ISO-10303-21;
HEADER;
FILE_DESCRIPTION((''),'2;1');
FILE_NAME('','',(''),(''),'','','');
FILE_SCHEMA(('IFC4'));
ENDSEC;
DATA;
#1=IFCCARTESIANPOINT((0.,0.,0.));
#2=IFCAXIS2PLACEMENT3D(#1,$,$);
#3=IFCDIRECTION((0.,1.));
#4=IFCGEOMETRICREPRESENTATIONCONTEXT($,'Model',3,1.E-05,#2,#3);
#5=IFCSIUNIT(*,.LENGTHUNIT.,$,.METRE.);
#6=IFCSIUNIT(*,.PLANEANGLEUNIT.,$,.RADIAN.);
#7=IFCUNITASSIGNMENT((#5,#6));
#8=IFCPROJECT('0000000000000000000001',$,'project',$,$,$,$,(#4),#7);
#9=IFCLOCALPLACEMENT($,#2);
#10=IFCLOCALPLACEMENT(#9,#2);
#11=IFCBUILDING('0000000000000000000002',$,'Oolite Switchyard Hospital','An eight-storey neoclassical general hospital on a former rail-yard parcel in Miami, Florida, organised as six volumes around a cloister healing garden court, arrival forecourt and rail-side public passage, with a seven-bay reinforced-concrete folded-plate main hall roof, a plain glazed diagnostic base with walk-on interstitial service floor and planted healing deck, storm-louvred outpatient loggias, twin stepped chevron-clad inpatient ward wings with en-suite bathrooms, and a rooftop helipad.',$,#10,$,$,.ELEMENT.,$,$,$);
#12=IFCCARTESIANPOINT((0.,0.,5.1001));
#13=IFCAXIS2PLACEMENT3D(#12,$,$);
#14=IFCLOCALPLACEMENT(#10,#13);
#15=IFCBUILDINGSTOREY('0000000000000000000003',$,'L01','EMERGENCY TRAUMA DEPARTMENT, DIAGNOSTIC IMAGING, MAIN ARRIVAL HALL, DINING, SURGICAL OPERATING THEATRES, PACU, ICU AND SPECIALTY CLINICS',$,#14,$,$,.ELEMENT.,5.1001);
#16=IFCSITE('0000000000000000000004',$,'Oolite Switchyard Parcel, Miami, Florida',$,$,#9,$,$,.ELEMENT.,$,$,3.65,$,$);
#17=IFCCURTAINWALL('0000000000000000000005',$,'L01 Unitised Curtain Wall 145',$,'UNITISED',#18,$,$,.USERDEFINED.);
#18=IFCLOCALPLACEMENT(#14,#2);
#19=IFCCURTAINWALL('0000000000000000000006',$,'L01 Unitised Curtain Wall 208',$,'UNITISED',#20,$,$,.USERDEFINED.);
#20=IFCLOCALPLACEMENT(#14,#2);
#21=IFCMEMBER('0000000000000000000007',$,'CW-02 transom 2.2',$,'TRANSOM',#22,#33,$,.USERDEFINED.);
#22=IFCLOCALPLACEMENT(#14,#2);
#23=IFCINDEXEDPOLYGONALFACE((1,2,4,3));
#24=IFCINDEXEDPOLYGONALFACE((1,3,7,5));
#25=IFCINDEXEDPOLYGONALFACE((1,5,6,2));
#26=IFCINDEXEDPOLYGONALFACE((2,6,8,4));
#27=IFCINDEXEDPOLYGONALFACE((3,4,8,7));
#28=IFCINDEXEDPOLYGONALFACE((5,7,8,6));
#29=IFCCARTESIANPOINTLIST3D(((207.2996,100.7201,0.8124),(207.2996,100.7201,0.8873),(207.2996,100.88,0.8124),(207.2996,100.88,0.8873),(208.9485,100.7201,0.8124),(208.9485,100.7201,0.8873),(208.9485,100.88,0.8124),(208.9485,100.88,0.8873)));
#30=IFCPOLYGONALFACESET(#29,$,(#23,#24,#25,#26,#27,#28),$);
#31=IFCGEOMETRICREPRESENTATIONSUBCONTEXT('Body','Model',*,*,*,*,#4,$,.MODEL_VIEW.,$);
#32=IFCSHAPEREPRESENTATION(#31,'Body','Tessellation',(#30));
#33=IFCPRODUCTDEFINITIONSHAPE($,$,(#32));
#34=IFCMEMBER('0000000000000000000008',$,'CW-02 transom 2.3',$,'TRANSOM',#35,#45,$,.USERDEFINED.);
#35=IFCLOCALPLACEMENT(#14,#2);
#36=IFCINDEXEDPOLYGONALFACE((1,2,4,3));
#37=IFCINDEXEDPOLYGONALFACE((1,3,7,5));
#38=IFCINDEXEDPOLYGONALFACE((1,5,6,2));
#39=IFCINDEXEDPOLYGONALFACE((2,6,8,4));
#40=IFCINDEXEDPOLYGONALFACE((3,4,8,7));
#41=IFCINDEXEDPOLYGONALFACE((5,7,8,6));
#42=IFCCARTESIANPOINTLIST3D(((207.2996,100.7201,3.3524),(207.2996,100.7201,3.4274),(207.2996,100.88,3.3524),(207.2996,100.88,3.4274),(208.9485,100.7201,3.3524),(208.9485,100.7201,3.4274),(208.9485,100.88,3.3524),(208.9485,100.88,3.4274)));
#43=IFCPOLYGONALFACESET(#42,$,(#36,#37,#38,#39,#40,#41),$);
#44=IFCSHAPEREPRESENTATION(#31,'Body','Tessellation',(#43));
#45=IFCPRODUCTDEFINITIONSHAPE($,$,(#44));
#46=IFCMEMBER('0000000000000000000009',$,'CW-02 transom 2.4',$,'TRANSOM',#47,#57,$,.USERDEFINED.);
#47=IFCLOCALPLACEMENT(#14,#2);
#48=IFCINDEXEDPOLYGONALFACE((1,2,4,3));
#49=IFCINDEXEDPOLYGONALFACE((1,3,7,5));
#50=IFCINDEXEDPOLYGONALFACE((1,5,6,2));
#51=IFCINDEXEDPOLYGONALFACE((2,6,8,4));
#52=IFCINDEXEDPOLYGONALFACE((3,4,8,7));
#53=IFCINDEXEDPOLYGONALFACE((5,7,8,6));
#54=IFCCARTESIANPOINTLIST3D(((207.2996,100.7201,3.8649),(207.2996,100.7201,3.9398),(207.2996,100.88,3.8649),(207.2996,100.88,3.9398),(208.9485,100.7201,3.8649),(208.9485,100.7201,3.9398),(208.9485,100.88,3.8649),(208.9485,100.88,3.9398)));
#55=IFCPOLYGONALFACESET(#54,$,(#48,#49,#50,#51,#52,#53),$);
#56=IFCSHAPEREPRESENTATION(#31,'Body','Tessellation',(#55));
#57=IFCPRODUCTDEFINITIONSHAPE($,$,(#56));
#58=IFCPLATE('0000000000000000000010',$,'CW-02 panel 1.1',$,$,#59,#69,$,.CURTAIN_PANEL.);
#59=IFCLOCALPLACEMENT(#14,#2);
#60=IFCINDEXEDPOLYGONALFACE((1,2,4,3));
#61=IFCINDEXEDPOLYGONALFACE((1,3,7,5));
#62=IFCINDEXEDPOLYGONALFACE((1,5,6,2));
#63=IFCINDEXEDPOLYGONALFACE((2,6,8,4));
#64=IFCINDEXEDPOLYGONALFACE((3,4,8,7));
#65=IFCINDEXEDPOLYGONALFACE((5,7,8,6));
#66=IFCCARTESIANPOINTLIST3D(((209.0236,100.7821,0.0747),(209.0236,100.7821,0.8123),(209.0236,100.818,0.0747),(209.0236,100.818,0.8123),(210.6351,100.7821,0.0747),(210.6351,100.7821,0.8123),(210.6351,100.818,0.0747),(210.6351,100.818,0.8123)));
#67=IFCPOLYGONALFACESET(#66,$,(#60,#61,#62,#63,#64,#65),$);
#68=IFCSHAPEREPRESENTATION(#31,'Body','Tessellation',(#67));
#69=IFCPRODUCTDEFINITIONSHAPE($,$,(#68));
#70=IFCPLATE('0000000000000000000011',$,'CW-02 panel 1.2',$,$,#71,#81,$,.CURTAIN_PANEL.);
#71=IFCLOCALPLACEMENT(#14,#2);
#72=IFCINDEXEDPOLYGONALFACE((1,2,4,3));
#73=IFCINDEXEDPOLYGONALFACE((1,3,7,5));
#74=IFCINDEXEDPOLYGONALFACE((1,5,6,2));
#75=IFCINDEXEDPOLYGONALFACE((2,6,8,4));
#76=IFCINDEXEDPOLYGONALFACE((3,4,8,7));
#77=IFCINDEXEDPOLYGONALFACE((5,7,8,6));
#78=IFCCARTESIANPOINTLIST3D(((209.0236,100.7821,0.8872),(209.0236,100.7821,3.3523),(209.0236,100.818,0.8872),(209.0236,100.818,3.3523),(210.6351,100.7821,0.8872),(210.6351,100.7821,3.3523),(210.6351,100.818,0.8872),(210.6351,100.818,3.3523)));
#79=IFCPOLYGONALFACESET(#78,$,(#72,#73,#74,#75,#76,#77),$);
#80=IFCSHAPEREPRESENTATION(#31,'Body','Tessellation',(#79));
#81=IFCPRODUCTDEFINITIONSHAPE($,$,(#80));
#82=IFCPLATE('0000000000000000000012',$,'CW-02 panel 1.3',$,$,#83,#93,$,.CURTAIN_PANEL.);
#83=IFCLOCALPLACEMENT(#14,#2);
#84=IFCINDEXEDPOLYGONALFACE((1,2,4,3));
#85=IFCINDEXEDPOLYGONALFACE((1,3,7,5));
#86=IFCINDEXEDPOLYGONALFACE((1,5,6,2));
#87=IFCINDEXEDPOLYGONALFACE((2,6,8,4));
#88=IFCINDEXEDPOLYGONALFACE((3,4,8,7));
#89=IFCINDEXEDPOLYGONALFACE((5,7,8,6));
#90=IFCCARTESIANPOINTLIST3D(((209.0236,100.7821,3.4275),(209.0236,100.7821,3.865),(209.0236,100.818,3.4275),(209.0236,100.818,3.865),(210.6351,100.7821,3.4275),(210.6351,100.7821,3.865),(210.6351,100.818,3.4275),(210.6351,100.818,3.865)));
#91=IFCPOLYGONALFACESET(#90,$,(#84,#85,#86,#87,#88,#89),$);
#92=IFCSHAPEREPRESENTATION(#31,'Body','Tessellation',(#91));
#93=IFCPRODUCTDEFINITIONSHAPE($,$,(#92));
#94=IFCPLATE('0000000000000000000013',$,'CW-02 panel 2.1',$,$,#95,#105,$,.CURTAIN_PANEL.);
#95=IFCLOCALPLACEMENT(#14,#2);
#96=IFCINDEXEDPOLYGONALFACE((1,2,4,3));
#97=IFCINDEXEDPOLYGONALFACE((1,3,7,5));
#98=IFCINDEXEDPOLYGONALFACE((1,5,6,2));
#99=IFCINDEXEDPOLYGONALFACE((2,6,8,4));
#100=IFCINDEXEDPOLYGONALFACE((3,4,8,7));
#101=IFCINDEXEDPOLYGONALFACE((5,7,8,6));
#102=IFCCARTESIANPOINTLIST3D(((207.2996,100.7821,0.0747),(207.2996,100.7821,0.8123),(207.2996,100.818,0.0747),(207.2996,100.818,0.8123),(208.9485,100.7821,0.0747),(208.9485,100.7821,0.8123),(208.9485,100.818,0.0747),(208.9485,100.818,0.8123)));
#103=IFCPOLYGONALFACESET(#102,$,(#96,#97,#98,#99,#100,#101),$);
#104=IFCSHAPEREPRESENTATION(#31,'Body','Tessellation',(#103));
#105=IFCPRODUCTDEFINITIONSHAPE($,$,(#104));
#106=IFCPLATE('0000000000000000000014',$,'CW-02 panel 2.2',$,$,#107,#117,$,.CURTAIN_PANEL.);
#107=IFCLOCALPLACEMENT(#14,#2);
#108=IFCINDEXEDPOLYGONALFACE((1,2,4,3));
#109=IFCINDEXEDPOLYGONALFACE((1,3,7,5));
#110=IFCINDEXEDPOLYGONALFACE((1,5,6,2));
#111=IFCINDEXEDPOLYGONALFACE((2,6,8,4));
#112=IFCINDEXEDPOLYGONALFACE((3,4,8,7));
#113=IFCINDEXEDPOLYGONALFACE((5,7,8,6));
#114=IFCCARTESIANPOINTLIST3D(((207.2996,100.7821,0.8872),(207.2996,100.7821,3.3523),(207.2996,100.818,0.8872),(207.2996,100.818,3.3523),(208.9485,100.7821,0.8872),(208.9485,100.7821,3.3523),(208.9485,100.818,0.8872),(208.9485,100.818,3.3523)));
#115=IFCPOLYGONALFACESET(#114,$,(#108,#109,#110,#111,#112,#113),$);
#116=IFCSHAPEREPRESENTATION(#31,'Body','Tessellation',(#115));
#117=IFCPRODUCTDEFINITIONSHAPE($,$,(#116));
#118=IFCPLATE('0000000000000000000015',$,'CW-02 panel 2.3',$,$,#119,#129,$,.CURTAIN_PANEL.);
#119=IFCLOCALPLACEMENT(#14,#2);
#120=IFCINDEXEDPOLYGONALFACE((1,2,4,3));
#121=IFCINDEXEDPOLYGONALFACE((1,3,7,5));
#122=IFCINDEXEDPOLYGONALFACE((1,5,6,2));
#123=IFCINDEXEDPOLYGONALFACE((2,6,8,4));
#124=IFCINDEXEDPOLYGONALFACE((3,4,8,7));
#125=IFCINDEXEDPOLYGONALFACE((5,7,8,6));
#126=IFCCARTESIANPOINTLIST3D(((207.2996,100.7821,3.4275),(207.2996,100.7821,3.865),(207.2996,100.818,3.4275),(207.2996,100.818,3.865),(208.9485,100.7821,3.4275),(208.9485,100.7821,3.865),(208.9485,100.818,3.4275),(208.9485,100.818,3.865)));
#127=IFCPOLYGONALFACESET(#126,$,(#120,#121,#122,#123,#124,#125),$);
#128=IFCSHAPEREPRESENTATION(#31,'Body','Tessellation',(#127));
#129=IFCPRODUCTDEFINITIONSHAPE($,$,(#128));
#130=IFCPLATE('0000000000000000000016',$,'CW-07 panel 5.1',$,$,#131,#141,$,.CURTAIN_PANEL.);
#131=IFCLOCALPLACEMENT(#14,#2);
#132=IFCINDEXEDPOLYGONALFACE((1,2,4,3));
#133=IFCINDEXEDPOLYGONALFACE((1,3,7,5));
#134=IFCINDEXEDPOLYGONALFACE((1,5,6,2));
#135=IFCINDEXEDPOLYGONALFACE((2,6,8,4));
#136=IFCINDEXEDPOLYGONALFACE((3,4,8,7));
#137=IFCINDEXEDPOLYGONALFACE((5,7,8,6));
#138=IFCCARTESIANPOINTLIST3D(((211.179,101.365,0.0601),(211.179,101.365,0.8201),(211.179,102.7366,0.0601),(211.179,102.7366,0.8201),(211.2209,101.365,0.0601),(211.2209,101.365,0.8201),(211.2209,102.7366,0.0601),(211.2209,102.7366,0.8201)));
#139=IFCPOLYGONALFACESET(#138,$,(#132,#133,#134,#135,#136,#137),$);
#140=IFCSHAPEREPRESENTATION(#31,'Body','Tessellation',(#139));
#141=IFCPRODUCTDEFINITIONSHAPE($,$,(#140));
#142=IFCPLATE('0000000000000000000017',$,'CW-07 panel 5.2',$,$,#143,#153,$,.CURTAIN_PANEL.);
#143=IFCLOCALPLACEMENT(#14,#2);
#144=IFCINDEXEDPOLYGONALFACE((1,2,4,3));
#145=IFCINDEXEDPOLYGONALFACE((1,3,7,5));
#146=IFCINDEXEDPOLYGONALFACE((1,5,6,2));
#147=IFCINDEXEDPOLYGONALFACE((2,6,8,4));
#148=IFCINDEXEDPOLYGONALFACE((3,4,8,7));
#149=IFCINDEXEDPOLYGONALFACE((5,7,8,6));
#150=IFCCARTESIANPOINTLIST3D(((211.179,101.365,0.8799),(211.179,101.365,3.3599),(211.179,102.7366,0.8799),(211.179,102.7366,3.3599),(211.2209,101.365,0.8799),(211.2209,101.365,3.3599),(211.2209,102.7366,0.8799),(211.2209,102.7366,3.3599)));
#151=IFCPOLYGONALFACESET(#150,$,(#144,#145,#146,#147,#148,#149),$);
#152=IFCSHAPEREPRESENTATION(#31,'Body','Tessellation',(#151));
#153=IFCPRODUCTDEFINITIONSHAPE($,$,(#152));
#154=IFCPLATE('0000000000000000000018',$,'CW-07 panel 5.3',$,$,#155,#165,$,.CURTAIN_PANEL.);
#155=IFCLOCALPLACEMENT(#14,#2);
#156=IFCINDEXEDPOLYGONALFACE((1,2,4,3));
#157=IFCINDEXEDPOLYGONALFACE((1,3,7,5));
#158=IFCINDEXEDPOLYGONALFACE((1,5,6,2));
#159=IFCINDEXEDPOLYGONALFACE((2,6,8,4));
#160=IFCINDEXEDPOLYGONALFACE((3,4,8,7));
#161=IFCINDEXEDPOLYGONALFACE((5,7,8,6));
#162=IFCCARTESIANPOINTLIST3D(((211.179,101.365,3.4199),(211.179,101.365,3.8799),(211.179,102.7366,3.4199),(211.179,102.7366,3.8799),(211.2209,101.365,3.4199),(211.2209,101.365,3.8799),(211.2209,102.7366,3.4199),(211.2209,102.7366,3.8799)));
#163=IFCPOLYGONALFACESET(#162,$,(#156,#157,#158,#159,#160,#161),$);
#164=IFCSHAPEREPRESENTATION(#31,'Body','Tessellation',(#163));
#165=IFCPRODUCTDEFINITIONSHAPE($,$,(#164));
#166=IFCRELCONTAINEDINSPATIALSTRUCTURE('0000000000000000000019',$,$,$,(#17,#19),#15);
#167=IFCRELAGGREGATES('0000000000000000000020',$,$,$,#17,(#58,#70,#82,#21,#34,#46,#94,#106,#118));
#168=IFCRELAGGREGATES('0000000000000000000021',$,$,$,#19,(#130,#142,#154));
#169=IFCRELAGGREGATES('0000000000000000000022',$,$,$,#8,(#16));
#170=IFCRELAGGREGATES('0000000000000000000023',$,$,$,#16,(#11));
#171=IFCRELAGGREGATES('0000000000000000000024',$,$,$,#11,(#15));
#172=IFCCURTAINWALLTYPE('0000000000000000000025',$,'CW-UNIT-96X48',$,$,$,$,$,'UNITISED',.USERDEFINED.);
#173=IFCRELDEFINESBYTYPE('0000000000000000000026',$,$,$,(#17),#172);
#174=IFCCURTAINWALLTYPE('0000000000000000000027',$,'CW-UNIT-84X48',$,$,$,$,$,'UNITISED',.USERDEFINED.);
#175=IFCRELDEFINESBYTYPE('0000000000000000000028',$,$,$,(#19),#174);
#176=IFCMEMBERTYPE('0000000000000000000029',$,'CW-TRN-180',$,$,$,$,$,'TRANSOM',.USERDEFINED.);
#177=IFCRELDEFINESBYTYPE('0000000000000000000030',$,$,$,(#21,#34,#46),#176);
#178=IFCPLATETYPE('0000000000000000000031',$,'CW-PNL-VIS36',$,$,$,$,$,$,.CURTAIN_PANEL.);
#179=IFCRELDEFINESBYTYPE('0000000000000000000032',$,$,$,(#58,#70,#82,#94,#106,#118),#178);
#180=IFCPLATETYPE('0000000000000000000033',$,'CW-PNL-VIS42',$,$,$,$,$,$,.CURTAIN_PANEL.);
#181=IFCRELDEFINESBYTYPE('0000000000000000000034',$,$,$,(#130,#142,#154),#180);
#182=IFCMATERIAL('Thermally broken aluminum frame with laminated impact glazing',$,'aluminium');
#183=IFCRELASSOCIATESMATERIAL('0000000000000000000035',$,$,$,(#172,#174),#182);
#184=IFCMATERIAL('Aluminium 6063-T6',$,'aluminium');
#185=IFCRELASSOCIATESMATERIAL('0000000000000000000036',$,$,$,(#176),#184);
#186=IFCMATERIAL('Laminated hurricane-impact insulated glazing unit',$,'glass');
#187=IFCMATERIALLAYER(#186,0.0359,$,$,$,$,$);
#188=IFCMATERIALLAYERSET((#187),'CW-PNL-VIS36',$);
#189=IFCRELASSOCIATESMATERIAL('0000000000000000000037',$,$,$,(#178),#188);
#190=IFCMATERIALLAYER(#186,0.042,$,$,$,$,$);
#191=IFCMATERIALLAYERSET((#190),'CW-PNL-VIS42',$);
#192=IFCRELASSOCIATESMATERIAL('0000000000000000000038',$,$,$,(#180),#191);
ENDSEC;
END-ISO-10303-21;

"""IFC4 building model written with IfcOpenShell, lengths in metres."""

from ifc_helpers import new_model, si_unit, direction, frame, origin, origin_2d, place, context, subcontext, project, spatial, rectangle, extrude, material, layer, layer_set, material_profile, profile_set, type_object, element, aggregate, save


model = new_model("IFC4")

# Units and contexts
model_context = context("Model", 3, precision=1e-05, world=origin(), true_north=direction((0.0, 1.0)))
body_context = subcontext(model_context, "Body", "Model", "MODEL_VIEW")
ifc_project = project(units=[si_unit("LENGTHUNIT", "METRE"), si_unit("PLANEANGLEUNIT", "RADIAN")], contexts=[model_context])

# Site, building, storey
site_placement = place(None, origin())
site = spatial("IfcSite", under=ifc_project, at=site_placement, Name="Oolite Switchyard Parcel, Miami, Florida", CompositionType="ELEMENT", RefElevation=3.65)
building_placement = place(site_placement, origin())
building = spatial("IfcBuilding", under=site, at=building_placement, Name="Oolite Switchyard Hospital", Description="An eight-storey neoclassical general hospital on a former rail-yard parcel in Miami, Florida, organised as six volumes around a cloister healing garden court, arrival forecourt and rail-side public passage, with a seven-bay reinforced-concrete folded-plate main hall roof, a plain glazed diagnostic base with walk-on interstitial service floor and planted healing deck, storm-louvred outpatient loggias, twin stepped chevron-clad inpatient ward wings with en-suite bathrooms, and a rooftop helipad.", CompositionType="ELEMENT")
storey_placement = place(building_placement, frame((0.0, 0.0, 5.1001)))
storey = spatial("IfcBuildingStorey", under=building, at=storey_placement, Name="L01", Description="EMERGENCY TRAUMA DEPARTMENT, DIAGNOSTIC IMAGING, MAIN ARRIVAL HALL, DINING, SURGICAL OPERATING THEATRES, PACU, ICU AND SPECIALTY CLINICS", CompositionType="ELEMENT", Elevation=5.1001)

# Curtain walls
ifc_material_1 = material(Name="Thermally broken aluminum frame with laminated impact glazing", Category="aluminium")
curtain_wall_type_1 = type_object("IfcCurtainWallType", Name="CW-UNIT-96X48", ElementType="UNITISED", PredefinedType="USERDEFINED", material=ifc_material_1)
curtain_wall_1_placement = place(storey_placement, origin())
curtain_wall_1 = element("IfcCurtainWall", 1, at=curtain_wall_1_placement, inside=storey, type_object=curtain_wall_type_1, Name="L01 Unitised Curtain Wall 145", ObjectType="UNITISED", PredefinedType="USERDEFINED")
ifc_material_2 = material(Name="Aluminium 6063-T6", Category="aluminium")
curtain_wall_type_2 = type_object("IfcCurtainWallType", Name="CW-UNIT-84X48", ElementType="UNITISED", PredefinedType="USERDEFINED", material=ifc_material_1)
curtain_wall_2_placement = place(storey_placement, origin())
curtain_wall_2 = element("IfcCurtainWall", 2, at=curtain_wall_2_placement, inside=storey, type_object=curtain_wall_type_2, Name="L01 Unitised Curtain Wall 208", ObjectType="UNITISED", PredefinedType="USERDEFINED")

# Members
ifc_material_profile_1 = material_profile(ifc_material_2, rectangle(XDim=0.1599, YDim=0.075, at=origin_2d()), Name="CWT75X160")
ifc_profile_set_1 = profile_set([ifc_material_profile_1], Name="Aluminium 6063-T6")
member_type_1 = type_object("IfcMemberType", Name="CW-TRN-180", ElementType="TRANSOM", PredefinedType="USERDEFINED", material=ifc_profile_set_1)
member_1_placement = place(storey_placement, frame((208.9485, 100.8, 0.8499), z_axis=(-1.0, 0.0, 0.0), x_axis=(0.0, -1.0, 0.0)))
member_1 = element("IfcMember", 3, at=member_1_placement, type_object=member_type_1, Name="CW-02 transom 2.2", ObjectType="TRANSOM", PredefinedType="USERDEFINED", context=body_context, shape_type="SweptSolid", body=[
    extrude(rectangle(XDim=0.1599, YDim=0.075, at=origin_2d()), origin(), (0.0, 0.0, 1.0), 1.6489),
])
member_2_placement = place(storey_placement, frame((208.9485, 100.8, 3.3899), z_axis=(-1.0, 0.0, 0.0), x_axis=(0.0, -1.0, 0.0)))
member_2 = element("IfcMember", 4, at=member_2_placement, type_object=member_type_1, Name="CW-02 transom 2.3", ObjectType="TRANSOM", PredefinedType="USERDEFINED", context=body_context, shape_type="SweptSolid", body=[
    extrude(rectangle(XDim=0.1599, YDim=0.075, at=origin_2d()), origin(), (0.0, 0.0, 1.0), 1.6489),
])
member_3_placement = place(storey_placement, frame((208.9485, 100.8, 3.9023), z_axis=(-1.0, 0.0, 0.0), x_axis=(0.0, -1.0, 0.0)))
member_3 = element("IfcMember", 5, at=member_3_placement, type_object=member_type_1, Name="CW-02 transom 2.4", ObjectType="TRANSOM", PredefinedType="USERDEFINED", context=body_context, shape_type="SweptSolid", body=[
    extrude(rectangle(XDim=0.1599, YDim=0.075, at=origin_2d()), origin(), (0.0, 0.0, 1.0), 1.6489),
])

# Plates
ifc_material_3 = material(Name="Laminated hurricane-impact insulated glazing unit", Category="glass")
ifc_layer_1 = layer(ifc_material_3, 0.0359)
ifc_layer_set_1 = layer_set([ifc_layer_1], Name="CW-PNL-VIS36")
plate_type_1 = type_object("IfcPlateType", Name="CW-PNL-VIS36", PredefinedType="CURTAIN_PANEL", material=ifc_layer_set_1)
plate_1_placement = place(storey_placement, frame((209.8293, 100.8, 0.0747), z_axis=(0.0, 0.0, 1.0), x_axis=(-1.0, 0.0, 0.0)))
plate_1 = element("IfcPlate", 6, at=plate_1_placement, type_object=plate_type_1, Name="CW-02 panel 1.1", PredefinedType="CURTAIN_PANEL", context=body_context, shape_type="SweptSolid", body=[
    extrude(rectangle(XDim=1.6116, YDim=0.0359, at=origin_2d()), origin(), (0.0, 0.0, 1.0), 0.7375),
])
plate_2_placement = place(storey_placement, frame((209.8293, 100.8, 0.8872), z_axis=(0.0, 0.0, 1.0), x_axis=(-1.0, 0.0, 0.0)))
plate_2 = element("IfcPlate", 7, at=plate_2_placement, type_object=plate_type_1, Name="CW-02 panel 1.2", PredefinedType="CURTAIN_PANEL", context=body_context, shape_type="SweptSolid", body=[
    extrude(rectangle(XDim=1.6116, YDim=0.0359, at=origin_2d()), origin(), (0.0, 0.0, 1.0), 2.4651),
])
plate_3_placement = place(storey_placement, frame((209.8293, 100.8, 3.4275), z_axis=(0.0, 0.0, 1.0), x_axis=(-1.0, 0.0, 0.0)))
plate_3 = element("IfcPlate", 8, at=plate_3_placement, type_object=plate_type_1, Name="CW-02 panel 1.3", PredefinedType="CURTAIN_PANEL", context=body_context, shape_type="SweptSolid", body=[
    extrude(rectangle(XDim=1.6116, YDim=0.0359, at=origin_2d()), origin(), (0.0, 0.0, 1.0), 0.4375),
])
plate_4_placement = place(storey_placement, frame((208.124, 100.8, 0.0747), z_axis=(0.0, 0.0, 1.0), x_axis=(-1.0, 0.0, 0.0)))
plate_4 = element("IfcPlate", 9, at=plate_4_placement, type_object=plate_type_1, Name="CW-02 panel 2.1", PredefinedType="CURTAIN_PANEL", context=body_context, shape_type="SweptSolid", body=[
    extrude(rectangle(XDim=1.6489, YDim=0.0359, at=origin_2d()), origin(), (0.0, 0.0, 1.0), 0.7375),
])
plate_5_placement = place(storey_placement, frame((208.124, 100.8, 0.8872), z_axis=(0.0, 0.0, 1.0), x_axis=(-1.0, 0.0, 0.0)))
plate_5 = element("IfcPlate", 10, at=plate_5_placement, type_object=plate_type_1, Name="CW-02 panel 2.2", PredefinedType="CURTAIN_PANEL", context=body_context, shape_type="SweptSolid", body=[
    extrude(rectangle(XDim=1.6489, YDim=0.0359, at=origin_2d()), origin(), (0.0, 0.0, 1.0), 2.4651),
])
plate_6_placement = place(storey_placement, frame((208.124, 100.8, 3.4275), z_axis=(0.0, 0.0, 1.0), x_axis=(-1.0, 0.0, 0.0)))
plate_6 = element("IfcPlate", 11, at=plate_6_placement, type_object=plate_type_1, Name="CW-02 panel 2.3", PredefinedType="CURTAIN_PANEL", context=body_context, shape_type="SweptSolid", body=[
    extrude(rectangle(XDim=1.6489, YDim=0.0359, at=origin_2d()), origin(), (0.0, 0.0, 1.0), 0.4375),
])
aggregate(curtain_wall_1, [plate_1, plate_2, plate_3, member_1, member_2, member_3, plate_4, plate_5, plate_6])
ifc_layer_2 = layer(ifc_material_3, 0.042)
ifc_layer_set_2 = layer_set([ifc_layer_2], Name="CW-PNL-VIS42")
plate_type_2 = type_object("IfcPlateType", Name="CW-PNL-VIS42", PredefinedType="CURTAIN_PANEL", material=ifc_layer_set_2)
plate_7_placement = place(storey_placement, frame((211.2, 102.0508, 0.0601), z_axis=(0.0, 0.0, 1.0), x_axis=(0.0, -1.0, 0.0)))
plate_7 = element("IfcPlate", 12, at=plate_7_placement, type_object=plate_type_2, Name="CW-07 panel 5.1", PredefinedType="CURTAIN_PANEL", context=body_context, shape_type="SweptSolid", body=[
    extrude(rectangle(XDim=1.3716, YDim=0.042, at=origin_2d()), origin(), (0.0, 0.0, 1.0), 0.76),
])
plate_8_placement = place(storey_placement, frame((211.2, 102.0508, 0.8799), z_axis=(0.0, 0.0, 1.0), x_axis=(0.0, -1.0, 0.0)))
plate_8 = element("IfcPlate", 13, at=plate_8_placement, type_object=plate_type_2, Name="CW-07 panel 5.2", PredefinedType="CURTAIN_PANEL", context=body_context, shape_type="SweptSolid", body=[
    extrude(rectangle(XDim=1.3716, YDim=0.042, at=origin_2d()), origin(), (0.0, 0.0, 1.0), 2.48),
])
plate_9_placement = place(storey_placement, frame((211.2, 102.0508, 3.4199), z_axis=(0.0, 0.0, 1.0), x_axis=(0.0, -1.0, 0.0)))
plate_9 = element("IfcPlate", 14, at=plate_9_placement, type_object=plate_type_2, Name="CW-07 panel 5.3", PredefinedType="CURTAIN_PANEL", context=body_context, shape_type="SweptSolid", body=[
    extrude(rectangle(XDim=1.3716, YDim=0.042, at=origin_2d()), origin(), (0.0, 0.0, 1.0), 0.46),
])
aggregate(curtain_wall_2, [plate_7, plate_8, plate_9])

save(model, "model.ifc")
